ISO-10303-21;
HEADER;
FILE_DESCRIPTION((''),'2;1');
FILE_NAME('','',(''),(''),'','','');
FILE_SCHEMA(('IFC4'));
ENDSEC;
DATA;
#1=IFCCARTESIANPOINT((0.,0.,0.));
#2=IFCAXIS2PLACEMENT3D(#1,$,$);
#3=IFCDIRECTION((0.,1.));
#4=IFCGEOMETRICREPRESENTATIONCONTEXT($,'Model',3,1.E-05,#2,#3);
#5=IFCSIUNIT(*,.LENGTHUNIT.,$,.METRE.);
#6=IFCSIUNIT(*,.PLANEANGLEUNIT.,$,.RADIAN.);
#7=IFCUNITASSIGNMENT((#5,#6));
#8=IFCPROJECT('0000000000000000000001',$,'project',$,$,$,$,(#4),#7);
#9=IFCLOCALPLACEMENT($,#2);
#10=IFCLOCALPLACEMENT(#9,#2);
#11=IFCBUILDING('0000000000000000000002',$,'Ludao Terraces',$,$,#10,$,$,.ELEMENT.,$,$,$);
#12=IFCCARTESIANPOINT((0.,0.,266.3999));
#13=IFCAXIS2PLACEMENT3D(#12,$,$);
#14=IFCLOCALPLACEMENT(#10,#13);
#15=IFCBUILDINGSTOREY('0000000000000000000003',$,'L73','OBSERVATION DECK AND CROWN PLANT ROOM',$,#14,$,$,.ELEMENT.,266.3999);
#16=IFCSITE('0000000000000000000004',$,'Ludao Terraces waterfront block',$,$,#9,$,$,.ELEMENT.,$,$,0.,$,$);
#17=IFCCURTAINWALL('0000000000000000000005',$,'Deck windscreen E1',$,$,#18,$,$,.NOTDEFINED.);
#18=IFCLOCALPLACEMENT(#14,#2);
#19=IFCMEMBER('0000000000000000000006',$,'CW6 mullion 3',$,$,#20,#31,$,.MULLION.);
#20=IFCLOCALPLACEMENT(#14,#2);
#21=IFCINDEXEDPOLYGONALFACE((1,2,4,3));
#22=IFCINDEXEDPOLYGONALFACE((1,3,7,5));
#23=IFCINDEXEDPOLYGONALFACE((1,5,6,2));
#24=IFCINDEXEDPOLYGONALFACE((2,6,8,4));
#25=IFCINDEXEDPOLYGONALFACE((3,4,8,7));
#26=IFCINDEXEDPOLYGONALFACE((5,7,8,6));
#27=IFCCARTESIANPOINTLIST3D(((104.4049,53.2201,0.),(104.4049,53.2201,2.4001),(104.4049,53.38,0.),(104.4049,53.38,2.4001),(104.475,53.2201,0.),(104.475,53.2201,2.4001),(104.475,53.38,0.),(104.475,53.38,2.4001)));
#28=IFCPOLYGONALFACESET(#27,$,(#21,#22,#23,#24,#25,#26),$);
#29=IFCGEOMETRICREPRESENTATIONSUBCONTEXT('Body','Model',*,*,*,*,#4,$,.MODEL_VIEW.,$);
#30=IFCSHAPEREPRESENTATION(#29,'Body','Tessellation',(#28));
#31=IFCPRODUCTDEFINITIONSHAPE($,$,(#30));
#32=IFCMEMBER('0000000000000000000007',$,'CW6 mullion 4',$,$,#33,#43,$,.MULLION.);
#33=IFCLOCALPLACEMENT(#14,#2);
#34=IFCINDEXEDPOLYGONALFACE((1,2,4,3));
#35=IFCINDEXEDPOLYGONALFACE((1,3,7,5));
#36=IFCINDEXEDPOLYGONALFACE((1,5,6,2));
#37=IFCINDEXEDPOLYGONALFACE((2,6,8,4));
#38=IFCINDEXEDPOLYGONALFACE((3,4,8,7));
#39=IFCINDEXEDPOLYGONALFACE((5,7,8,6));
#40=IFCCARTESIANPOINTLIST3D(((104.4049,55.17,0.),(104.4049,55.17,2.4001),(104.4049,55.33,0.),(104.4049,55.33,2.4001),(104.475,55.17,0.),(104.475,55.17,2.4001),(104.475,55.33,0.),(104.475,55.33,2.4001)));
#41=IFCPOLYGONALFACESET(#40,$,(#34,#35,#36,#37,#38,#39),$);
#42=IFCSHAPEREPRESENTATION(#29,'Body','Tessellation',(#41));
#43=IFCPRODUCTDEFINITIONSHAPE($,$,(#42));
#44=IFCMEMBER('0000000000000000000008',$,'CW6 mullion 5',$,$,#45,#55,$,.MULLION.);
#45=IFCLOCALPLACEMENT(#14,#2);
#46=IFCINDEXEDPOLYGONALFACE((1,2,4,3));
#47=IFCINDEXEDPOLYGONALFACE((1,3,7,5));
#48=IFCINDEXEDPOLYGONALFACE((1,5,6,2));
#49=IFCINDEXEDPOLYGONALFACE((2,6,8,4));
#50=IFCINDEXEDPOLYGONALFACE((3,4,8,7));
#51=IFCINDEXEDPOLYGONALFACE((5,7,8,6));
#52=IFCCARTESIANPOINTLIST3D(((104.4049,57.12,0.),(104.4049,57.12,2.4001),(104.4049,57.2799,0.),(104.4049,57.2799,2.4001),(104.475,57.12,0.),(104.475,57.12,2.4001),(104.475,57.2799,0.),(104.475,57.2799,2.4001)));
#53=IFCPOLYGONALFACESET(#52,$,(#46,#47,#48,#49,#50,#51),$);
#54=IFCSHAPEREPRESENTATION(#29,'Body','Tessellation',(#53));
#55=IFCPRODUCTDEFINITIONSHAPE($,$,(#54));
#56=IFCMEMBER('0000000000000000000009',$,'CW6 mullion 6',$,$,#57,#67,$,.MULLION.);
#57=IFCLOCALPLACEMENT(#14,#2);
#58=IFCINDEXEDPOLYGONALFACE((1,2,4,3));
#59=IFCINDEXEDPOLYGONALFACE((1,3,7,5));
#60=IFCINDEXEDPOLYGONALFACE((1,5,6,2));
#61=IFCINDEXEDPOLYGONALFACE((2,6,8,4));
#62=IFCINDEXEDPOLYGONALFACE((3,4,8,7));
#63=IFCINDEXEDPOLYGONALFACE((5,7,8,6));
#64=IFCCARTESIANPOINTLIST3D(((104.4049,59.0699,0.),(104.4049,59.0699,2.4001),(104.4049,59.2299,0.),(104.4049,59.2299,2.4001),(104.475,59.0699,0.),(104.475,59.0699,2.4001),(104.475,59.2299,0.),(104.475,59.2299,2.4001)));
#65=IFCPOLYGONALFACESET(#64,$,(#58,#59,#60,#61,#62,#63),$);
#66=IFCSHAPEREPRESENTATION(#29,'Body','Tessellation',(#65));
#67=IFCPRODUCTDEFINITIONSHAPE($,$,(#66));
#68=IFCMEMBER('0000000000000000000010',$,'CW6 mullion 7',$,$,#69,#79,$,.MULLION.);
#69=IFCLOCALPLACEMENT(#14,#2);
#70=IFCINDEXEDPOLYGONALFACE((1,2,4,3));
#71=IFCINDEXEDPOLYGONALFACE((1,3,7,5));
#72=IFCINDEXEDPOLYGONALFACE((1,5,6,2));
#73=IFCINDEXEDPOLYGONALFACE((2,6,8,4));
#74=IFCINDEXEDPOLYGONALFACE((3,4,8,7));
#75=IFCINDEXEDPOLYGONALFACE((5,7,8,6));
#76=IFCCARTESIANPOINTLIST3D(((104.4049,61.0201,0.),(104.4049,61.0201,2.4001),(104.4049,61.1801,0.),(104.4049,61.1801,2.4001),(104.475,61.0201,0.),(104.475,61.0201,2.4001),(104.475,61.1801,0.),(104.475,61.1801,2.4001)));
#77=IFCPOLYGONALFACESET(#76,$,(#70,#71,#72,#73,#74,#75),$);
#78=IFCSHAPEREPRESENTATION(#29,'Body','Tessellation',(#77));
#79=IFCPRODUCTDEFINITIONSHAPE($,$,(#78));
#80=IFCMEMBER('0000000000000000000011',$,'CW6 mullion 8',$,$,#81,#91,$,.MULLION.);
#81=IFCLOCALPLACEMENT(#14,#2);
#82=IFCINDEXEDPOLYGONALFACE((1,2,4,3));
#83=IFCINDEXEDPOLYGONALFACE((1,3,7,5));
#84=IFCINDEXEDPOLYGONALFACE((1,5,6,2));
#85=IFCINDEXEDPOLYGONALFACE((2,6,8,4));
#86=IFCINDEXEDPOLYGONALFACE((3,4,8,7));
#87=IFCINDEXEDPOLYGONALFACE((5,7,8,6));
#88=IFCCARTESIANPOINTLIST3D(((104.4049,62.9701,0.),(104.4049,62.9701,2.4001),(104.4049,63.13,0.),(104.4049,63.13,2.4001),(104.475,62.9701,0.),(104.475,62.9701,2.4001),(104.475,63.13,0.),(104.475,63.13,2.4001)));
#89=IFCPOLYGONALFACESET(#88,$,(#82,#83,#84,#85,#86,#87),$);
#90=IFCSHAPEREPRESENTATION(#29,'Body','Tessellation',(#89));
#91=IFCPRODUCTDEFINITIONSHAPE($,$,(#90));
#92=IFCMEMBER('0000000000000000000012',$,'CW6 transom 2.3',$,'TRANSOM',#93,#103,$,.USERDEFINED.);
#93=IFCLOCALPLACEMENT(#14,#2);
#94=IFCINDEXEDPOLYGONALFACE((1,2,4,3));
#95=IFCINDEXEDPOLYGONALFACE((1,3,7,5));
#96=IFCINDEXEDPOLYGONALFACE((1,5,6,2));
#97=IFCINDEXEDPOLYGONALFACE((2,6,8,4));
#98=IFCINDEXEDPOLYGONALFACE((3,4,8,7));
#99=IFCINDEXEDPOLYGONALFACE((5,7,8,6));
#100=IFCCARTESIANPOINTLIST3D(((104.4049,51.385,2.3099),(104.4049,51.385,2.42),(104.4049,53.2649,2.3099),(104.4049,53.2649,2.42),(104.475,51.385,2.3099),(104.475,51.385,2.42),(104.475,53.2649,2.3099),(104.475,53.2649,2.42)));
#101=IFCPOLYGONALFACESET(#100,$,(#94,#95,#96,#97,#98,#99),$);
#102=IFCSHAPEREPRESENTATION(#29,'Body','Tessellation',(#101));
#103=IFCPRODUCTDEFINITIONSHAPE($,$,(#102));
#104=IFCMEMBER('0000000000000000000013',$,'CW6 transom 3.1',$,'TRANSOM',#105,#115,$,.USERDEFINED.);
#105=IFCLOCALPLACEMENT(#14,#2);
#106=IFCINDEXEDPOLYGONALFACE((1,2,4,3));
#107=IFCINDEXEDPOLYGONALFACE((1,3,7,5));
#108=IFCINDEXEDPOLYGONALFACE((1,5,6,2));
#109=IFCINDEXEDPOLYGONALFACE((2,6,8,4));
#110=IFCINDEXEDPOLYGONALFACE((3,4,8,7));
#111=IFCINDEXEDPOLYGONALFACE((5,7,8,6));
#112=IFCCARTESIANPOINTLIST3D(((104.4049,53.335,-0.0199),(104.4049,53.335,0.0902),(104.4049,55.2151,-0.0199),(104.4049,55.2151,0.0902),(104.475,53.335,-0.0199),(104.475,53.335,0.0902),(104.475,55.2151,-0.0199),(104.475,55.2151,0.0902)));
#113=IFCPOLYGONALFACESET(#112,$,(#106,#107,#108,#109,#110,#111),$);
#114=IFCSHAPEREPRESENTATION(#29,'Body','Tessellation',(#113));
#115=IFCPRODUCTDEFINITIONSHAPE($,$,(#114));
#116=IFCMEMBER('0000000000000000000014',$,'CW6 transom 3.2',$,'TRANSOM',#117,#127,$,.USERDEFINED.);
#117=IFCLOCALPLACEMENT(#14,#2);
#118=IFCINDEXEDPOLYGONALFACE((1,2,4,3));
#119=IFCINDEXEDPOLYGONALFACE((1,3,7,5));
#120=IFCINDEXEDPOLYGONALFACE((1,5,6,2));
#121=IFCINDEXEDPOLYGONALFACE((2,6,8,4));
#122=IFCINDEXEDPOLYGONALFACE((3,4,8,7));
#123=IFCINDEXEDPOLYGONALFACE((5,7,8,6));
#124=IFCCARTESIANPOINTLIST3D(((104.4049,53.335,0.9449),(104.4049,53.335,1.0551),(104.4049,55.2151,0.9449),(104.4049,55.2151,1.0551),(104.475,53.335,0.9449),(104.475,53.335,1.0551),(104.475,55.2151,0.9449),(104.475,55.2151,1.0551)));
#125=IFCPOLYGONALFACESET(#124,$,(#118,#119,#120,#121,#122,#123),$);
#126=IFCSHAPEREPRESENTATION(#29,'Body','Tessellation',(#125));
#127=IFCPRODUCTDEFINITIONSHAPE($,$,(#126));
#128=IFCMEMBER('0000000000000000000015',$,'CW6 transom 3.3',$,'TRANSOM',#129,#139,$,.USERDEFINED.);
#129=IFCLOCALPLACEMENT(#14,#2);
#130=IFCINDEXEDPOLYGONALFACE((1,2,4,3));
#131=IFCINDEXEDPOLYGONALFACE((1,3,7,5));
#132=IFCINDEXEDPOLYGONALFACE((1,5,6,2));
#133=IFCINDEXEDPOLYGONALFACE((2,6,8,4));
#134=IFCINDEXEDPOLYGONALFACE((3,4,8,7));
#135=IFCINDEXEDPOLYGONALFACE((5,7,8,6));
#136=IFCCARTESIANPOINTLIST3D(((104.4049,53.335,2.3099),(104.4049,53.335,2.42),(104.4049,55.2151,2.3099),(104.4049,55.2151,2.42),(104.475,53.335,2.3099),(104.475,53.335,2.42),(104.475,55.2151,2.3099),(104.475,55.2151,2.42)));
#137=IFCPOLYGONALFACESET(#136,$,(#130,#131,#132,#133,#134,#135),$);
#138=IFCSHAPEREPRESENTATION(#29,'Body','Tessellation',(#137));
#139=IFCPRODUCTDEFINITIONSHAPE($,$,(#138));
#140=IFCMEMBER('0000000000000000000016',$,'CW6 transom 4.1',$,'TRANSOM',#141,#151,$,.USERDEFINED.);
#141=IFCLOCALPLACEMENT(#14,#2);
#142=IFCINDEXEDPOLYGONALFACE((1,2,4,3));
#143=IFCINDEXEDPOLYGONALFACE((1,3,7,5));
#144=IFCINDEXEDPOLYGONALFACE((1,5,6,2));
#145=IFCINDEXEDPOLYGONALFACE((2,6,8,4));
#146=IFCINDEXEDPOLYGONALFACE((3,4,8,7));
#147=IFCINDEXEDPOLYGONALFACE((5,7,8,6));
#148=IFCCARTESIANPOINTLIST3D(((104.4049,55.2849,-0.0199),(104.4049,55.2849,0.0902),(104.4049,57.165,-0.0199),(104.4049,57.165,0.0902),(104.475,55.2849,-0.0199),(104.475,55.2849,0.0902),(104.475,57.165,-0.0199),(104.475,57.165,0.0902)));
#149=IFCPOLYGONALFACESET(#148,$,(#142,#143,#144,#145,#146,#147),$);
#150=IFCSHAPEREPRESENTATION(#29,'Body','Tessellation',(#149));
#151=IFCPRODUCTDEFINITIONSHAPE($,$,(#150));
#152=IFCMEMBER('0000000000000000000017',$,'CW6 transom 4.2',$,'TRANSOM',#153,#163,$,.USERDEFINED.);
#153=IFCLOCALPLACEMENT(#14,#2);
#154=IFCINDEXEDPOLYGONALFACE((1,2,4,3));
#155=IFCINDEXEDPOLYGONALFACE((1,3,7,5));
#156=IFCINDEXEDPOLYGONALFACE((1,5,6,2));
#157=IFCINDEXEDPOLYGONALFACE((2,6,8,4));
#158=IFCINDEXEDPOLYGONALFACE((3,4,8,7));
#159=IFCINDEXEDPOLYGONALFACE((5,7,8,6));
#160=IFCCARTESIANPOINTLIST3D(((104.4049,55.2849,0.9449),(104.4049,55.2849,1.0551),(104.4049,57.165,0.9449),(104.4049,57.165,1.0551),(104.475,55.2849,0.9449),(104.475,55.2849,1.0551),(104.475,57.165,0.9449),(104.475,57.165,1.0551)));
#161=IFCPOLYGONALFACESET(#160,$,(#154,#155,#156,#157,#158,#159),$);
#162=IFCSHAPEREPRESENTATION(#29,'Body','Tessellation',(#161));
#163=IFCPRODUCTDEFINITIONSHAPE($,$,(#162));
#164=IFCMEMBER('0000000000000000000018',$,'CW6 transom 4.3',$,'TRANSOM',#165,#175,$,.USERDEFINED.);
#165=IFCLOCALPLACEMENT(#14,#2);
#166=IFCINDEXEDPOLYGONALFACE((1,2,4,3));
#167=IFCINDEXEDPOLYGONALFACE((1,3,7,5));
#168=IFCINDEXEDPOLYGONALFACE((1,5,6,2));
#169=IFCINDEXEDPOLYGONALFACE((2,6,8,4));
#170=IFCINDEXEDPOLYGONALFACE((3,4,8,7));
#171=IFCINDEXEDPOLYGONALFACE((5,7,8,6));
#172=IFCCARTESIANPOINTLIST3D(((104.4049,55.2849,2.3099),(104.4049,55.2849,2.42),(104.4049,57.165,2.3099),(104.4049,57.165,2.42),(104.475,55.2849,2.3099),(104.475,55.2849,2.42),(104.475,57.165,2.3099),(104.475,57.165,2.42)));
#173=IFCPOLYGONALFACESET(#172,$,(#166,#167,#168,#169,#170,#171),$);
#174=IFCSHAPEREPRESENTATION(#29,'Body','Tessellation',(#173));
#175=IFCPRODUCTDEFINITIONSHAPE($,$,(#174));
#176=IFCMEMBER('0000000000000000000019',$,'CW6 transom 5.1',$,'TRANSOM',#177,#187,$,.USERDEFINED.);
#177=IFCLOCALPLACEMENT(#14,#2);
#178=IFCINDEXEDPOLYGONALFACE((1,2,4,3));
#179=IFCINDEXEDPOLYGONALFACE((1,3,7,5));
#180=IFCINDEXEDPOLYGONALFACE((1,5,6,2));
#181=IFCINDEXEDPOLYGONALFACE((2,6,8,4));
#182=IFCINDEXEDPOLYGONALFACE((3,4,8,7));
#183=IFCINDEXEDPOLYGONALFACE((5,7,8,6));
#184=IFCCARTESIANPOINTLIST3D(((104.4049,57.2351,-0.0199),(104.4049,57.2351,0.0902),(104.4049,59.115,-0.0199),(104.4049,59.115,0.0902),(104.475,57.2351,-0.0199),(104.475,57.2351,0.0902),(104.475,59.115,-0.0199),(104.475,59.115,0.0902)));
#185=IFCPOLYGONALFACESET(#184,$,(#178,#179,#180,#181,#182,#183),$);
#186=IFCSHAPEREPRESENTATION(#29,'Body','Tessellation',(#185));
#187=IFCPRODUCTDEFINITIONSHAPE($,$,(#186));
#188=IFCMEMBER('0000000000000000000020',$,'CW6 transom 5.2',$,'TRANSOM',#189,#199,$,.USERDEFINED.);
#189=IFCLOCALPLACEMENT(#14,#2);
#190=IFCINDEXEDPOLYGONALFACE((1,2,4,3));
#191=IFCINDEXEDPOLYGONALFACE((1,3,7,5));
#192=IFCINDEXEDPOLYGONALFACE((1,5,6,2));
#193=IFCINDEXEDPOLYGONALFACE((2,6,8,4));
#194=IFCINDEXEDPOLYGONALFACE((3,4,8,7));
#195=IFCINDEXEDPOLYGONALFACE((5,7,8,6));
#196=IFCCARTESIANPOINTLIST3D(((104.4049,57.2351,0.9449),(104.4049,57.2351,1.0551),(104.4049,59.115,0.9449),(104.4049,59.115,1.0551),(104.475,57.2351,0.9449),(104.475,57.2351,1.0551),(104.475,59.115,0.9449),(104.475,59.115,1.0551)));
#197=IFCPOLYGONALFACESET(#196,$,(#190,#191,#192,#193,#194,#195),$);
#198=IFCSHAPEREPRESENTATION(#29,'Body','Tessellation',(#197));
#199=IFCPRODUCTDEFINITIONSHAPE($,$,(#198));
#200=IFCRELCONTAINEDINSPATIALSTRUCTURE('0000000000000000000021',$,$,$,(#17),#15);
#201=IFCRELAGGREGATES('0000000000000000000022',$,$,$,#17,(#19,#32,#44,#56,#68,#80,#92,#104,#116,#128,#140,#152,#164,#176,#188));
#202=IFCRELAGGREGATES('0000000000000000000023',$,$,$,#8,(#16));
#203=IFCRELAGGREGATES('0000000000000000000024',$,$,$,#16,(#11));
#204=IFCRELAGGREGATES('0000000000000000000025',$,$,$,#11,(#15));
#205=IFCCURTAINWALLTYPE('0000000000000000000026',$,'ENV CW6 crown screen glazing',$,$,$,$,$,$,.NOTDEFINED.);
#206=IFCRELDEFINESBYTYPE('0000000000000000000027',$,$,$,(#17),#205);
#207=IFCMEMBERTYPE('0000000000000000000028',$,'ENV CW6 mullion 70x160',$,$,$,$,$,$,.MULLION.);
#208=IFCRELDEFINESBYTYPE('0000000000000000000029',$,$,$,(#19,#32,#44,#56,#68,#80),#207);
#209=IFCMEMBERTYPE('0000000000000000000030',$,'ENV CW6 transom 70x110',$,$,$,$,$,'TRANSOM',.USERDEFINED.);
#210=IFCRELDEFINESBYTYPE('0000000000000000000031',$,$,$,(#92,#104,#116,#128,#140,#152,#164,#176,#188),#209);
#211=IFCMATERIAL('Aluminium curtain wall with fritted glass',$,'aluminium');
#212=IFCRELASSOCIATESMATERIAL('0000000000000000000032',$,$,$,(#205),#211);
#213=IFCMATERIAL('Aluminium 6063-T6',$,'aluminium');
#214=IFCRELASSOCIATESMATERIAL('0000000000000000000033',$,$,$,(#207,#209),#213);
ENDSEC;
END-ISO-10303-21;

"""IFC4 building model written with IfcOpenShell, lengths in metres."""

from ifc_helpers import new_model, si_unit, direction, frame, origin, origin_2d, place, context, subcontext, project, spatial, rectangle, extrude, material, material_profile, profile_set, type_object, element, aggregate, save


model = new_model("IFC4")

# Units and contexts
model_context = context("Model", 3, precision=1e-05, world=origin(), true_north=direction((0.0, 1.0)))
body_context = subcontext(model_context, "Body", "Model", "MODEL_VIEW")
ifc_project = project(units=[si_unit("LENGTHUNIT", "METRE"), si_unit("PLANEANGLEUNIT", "RADIAN")], contexts=[model_context])

# Site, building, storey
site_placement = place(None, origin())
site = spatial("IfcSite", under=ifc_project, at=site_placement, Name="Ludao Terraces waterfront block", CompositionType="ELEMENT", RefElevation=0.0)
building_placement = place(site_placement, origin())
building = spatial("IfcBuilding", under=site, at=building_placement, Name="Ludao Terraces", CompositionType="ELEMENT")
storey_placement = place(building_placement, frame((0.0, 0.0, 266.3999)))
storey = spatial("IfcBuildingStorey", under=building, at=storey_placement, Name="L73", Description="OBSERVATION DECK AND CROWN PLANT ROOM", CompositionType="ELEMENT", Elevation=266.3999)

# Curtain wall, members
ifc_material_1 = material(Name="Aluminium curtain wall with fritted glass", Category="aluminium")
curtain_wall_type = type_object("IfcCurtainWallType", Name="ENV CW6 crown screen glazing", PredefinedType="NOTDEFINED", material=ifc_material_1)
curtain_wall_placement = place(storey_placement, origin())
curtain_wall = element("IfcCurtainWall", 1, at=curtain_wall_placement, inside=storey, type_object=curtain_wall_type, Name="Deck windscreen E1", PredefinedType="NOTDEFINED")
ifc_material_2 = material(Name="Aluminium 6063-T6", Category="aluminium")
ifc_material_profile_1 = material_profile(ifc_material_2, rectangle(XDim=0.0701, YDim=0.1599, at=origin_2d()), Name="70 X 160")
ifc_profile_set_1 = profile_set([ifc_material_profile_1], Name="Aluminium 6063-T6")
member_type_1 = type_object("IfcMemberType", Name="ENV CW6 mullion 70x160", PredefinedType="MULLION", material=ifc_profile_set_1)
member_1_placement = place(storey_placement, frame((104.4399, 53.3, 0.0), z_axis=(0.0, 0.0, 1.0), x_axis=(-1.0, 0.0, 0.0)))
member_1 = element("IfcMember", 2, at=member_1_placement, type_object=member_type_1, Name="CW6 mullion 3", PredefinedType="MULLION", context=body_context, shape_type="SweptSolid", body=[
    extrude(rectangle(XDim=0.0701, YDim=0.1599, at=origin_2d()), origin(), (0.0, 0.0, 1.0), 2.4001),
])
member_2_placement = place(storey_placement, frame((104.4399, 55.25, 0.0), z_axis=(0.0, 0.0, 1.0), x_axis=(-1.0, 0.0, 0.0)))
member_2 = element("IfcMember", 3, at=member_2_placement, type_object=member_type_1, Name="CW6 mullion 4", PredefinedType="MULLION", context=body_context, shape_type="SweptSolid", body=[
    extrude(rectangle(XDim=0.0701, YDim=0.1599, at=origin_2d()), origin(), (0.0, 0.0, 1.0), 2.4001),
])
member_3_placement = place(storey_placement, frame((104.4399, 57.2, 0.0), z_axis=(0.0, 0.0, 1.0), x_axis=(-1.0, 0.0, 0.0)))
member_3 = element("IfcMember", 4, at=member_3_placement, type_object=member_type_1, Name="CW6 mullion 5", PredefinedType="MULLION", context=body_context, shape_type="SweptSolid", body=[
    extrude(rectangle(XDim=0.0701, YDim=0.1599, at=origin_2d()), origin(), (0.0, 0.0, 1.0), 2.4001),
])
member_4_placement = place(storey_placement, frame((104.4399, 59.1499, 0.0), z_axis=(0.0, 0.0, 1.0), x_axis=(-1.0, 0.0, 0.0)))
member_4 = element("IfcMember", 5, at=member_4_placement, type_object=member_type_1, Name="CW6 mullion 6", PredefinedType="MULLION", context=body_context, shape_type="SweptSolid", body=[
    extrude(rectangle(XDim=0.0701, YDim=0.1599, at=origin_2d()), origin(), (0.0, 0.0, 1.0), 2.4001),
])
member_5_placement = place(storey_placement, frame((104.4399, 61.1001, 0.0), z_axis=(0.0, 0.0, 1.0), x_axis=(-1.0, 0.0, 0.0)))
member_5 = element("IfcMember", 6, at=member_5_placement, type_object=member_type_1, Name="CW6 mullion 7", PredefinedType="MULLION", context=body_context, shape_type="SweptSolid", body=[
    extrude(rectangle(XDim=0.0701, YDim=0.1599, at=origin_2d()), origin(), (0.0, 0.0, 1.0), 2.4001),
])
member_6_placement = place(storey_placement, frame((104.4399, 63.05, 0.0), z_axis=(0.0, 0.0, 1.0), x_axis=(-1.0, 0.0, 0.0)))
member_6 = element("IfcMember", 7, at=member_6_placement, type_object=member_type_1, Name="CW6 mullion 8", PredefinedType="MULLION", context=body_context, shape_type="SweptSolid", body=[
    extrude(rectangle(XDim=0.0701, YDim=0.1599, at=origin_2d()), origin(), (0.0, 0.0, 1.0), 2.4001),
])
ifc_material_profile_2 = material_profile(ifc_material_2, rectangle(XDim=0.0701, YDim=0.1101, at=origin_2d()), Name="70 X 110")
ifc_profile_set_2 = profile_set([ifc_material_profile_2], Name="Aluminium 6063-T6")
member_type_2 = type_object("IfcMemberType", Name="ENV CW6 transom 70x110", ElementType="TRANSOM", PredefinedType="USERDEFINED", material=ifc_profile_set_2)
member_7_placement = place(storey_placement, frame((104.4399, 51.385, 2.365), z_axis=(0.0, 1.0, 0.0), x_axis=(-1.0, 0.0, 0.0)))
member_7 = element("IfcMember", 8, at=member_7_placement, type_object=member_type_2, Name="CW6 transom 2.3", ObjectType="TRANSOM", PredefinedType="USERDEFINED", context=body_context, shape_type="SweptSolid", body=[
    extrude(rectangle(XDim=0.0701, YDim=0.1101, at=origin_2d()), origin(), (0.0, 0.0, 1.0), 1.8799),
])
member_8_placement = place(storey_placement, frame((104.4399, 53.335, 0.0352), z_axis=(0.0, 1.0, 0.0), x_axis=(-1.0, 0.0, 0.0)))
member_8 = element("IfcMember", 9, at=member_8_placement, type_object=member_type_2, Name="CW6 transom 3.1", ObjectType="TRANSOM", PredefinedType="USERDEFINED", context=body_context, shape_type="SweptSolid", body=[
    extrude(rectangle(XDim=0.0701, YDim=0.1101, at=origin_2d()), origin(), (0.0, 0.0, 1.0), 1.8801),
])
member_9_placement = place(storey_placement, frame((104.4399, 53.335, 1.0), z_axis=(0.0, 1.0, 0.0), x_axis=(-1.0, 0.0, 0.0)))
member_9 = element("IfcMember", 10, at=member_9_placement, type_object=member_type_2, Name="CW6 transom 3.2", ObjectType="TRANSOM", PredefinedType="USERDEFINED", context=body_context, shape_type="SweptSolid", body=[
    extrude(rectangle(XDim=0.0701, YDim=0.1101, at=origin_2d()), origin(), (0.0, 0.0, 1.0), 1.8801),
])
member_10_placement = place(storey_placement, frame((104.4399, 53.335, 2.365), z_axis=(0.0, 1.0, 0.0), x_axis=(-1.0, 0.0, 0.0)))
member_10 = element("IfcMember", 11, at=member_10_placement, type_object=member_type_2, Name="CW6 transom 3.3", ObjectType="TRANSOM", PredefinedType="USERDEFINED", context=body_context, shape_type="SweptSolid", body=[
    extrude(rectangle(XDim=0.0701, YDim=0.1101, at=origin_2d()), origin(), (0.0, 0.0, 1.0), 1.8801),
])
member_11_placement = place(storey_placement, frame((104.4399, 55.2849, 0.0352), z_axis=(0.0, 1.0, 0.0), x_axis=(-1.0, 0.0, 0.0)))
member_11 = element("IfcMember", 12, at=member_11_placement, type_object=member_type_2, Name="CW6 transom 4.1", ObjectType="TRANSOM", PredefinedType="USERDEFINED", context=body_context, shape_type="SweptSolid", body=[
    extrude(rectangle(XDim=0.0701, YDim=0.1101, at=origin_2d()), origin(), (0.0, 0.0, 1.0), 1.8801),
])
member_12_placement = place(storey_placement, frame((104.4399, 55.2849, 1.0), z_axis=(0.0, 1.0, 0.0), x_axis=(-1.0, 0.0, 0.0)))
member_12 = element("IfcMember", 13, at=member_12_placement, type_object=member_type_2, Name="CW6 transom 4.2", ObjectType="TRANSOM", PredefinedType="USERDEFINED", context=body_context, shape_type="SweptSolid", body=[
    extrude(rectangle(XDim=0.0701, YDim=0.1101, at=origin_2d()), origin(), (0.0, 0.0, 1.0), 1.8801),
])
member_13_placement = place(storey_placement, frame((104.4399, 55.2849, 2.365), z_axis=(0.0, 1.0, 0.0), x_axis=(-1.0, 0.0, 0.0)))
member_13 = element("IfcMember", 14, at=member_13_placement, type_object=member_type_2, Name="CW6 transom 4.3", ObjectType="TRANSOM", PredefinedType="USERDEFINED", context=body_context, shape_type="SweptSolid", body=[
    extrude(rectangle(XDim=0.0701, YDim=0.1101, at=origin_2d()), origin(), (0.0, 0.0, 1.0), 1.8801),
])
member_14_placement = place(storey_placement, frame((104.4399, 57.2351, 0.0352), z_axis=(0.0, 1.0, 0.0), x_axis=(-1.0, 0.0, 0.0)))
member_14 = element("IfcMember", 15, at=member_14_placement, type_object=member_type_2, Name="CW6 transom 5.1", ObjectType="TRANSOM", PredefinedType="USERDEFINED", context=body_context, shape_type="SweptSolid", body=[
    extrude(rectangle(XDim=0.0701, YDim=0.1101, at=origin_2d()), origin(), (0.0, 0.0, 1.0), 1.8799),
])
member_15_placement = place(storey_placement, frame((104.4399, 57.2351, 1.0), z_axis=(0.0, 1.0, 0.0), x_axis=(-1.0, 0.0, 0.0)))
member_15 = element("IfcMember", 16, at=member_15_placement, type_object=member_type_2, Name="CW6 transom 5.2", ObjectType="TRANSOM", PredefinedType="USERDEFINED", context=body_context, shape_type="SweptSolid", body=[
    extrude(rectangle(XDim=0.0701, YDim=0.1101, at=origin_2d()), origin(), (0.0, 0.0, 1.0), 1.8799),
])
aggregate(curtain_wall, [member_1, member_2, member_3, member_4, member_5, member_6, member_7, member_8, member_9, member_10, member_11, member_12, member_13, member_14, member_15])

save(model, "model.ifc")
